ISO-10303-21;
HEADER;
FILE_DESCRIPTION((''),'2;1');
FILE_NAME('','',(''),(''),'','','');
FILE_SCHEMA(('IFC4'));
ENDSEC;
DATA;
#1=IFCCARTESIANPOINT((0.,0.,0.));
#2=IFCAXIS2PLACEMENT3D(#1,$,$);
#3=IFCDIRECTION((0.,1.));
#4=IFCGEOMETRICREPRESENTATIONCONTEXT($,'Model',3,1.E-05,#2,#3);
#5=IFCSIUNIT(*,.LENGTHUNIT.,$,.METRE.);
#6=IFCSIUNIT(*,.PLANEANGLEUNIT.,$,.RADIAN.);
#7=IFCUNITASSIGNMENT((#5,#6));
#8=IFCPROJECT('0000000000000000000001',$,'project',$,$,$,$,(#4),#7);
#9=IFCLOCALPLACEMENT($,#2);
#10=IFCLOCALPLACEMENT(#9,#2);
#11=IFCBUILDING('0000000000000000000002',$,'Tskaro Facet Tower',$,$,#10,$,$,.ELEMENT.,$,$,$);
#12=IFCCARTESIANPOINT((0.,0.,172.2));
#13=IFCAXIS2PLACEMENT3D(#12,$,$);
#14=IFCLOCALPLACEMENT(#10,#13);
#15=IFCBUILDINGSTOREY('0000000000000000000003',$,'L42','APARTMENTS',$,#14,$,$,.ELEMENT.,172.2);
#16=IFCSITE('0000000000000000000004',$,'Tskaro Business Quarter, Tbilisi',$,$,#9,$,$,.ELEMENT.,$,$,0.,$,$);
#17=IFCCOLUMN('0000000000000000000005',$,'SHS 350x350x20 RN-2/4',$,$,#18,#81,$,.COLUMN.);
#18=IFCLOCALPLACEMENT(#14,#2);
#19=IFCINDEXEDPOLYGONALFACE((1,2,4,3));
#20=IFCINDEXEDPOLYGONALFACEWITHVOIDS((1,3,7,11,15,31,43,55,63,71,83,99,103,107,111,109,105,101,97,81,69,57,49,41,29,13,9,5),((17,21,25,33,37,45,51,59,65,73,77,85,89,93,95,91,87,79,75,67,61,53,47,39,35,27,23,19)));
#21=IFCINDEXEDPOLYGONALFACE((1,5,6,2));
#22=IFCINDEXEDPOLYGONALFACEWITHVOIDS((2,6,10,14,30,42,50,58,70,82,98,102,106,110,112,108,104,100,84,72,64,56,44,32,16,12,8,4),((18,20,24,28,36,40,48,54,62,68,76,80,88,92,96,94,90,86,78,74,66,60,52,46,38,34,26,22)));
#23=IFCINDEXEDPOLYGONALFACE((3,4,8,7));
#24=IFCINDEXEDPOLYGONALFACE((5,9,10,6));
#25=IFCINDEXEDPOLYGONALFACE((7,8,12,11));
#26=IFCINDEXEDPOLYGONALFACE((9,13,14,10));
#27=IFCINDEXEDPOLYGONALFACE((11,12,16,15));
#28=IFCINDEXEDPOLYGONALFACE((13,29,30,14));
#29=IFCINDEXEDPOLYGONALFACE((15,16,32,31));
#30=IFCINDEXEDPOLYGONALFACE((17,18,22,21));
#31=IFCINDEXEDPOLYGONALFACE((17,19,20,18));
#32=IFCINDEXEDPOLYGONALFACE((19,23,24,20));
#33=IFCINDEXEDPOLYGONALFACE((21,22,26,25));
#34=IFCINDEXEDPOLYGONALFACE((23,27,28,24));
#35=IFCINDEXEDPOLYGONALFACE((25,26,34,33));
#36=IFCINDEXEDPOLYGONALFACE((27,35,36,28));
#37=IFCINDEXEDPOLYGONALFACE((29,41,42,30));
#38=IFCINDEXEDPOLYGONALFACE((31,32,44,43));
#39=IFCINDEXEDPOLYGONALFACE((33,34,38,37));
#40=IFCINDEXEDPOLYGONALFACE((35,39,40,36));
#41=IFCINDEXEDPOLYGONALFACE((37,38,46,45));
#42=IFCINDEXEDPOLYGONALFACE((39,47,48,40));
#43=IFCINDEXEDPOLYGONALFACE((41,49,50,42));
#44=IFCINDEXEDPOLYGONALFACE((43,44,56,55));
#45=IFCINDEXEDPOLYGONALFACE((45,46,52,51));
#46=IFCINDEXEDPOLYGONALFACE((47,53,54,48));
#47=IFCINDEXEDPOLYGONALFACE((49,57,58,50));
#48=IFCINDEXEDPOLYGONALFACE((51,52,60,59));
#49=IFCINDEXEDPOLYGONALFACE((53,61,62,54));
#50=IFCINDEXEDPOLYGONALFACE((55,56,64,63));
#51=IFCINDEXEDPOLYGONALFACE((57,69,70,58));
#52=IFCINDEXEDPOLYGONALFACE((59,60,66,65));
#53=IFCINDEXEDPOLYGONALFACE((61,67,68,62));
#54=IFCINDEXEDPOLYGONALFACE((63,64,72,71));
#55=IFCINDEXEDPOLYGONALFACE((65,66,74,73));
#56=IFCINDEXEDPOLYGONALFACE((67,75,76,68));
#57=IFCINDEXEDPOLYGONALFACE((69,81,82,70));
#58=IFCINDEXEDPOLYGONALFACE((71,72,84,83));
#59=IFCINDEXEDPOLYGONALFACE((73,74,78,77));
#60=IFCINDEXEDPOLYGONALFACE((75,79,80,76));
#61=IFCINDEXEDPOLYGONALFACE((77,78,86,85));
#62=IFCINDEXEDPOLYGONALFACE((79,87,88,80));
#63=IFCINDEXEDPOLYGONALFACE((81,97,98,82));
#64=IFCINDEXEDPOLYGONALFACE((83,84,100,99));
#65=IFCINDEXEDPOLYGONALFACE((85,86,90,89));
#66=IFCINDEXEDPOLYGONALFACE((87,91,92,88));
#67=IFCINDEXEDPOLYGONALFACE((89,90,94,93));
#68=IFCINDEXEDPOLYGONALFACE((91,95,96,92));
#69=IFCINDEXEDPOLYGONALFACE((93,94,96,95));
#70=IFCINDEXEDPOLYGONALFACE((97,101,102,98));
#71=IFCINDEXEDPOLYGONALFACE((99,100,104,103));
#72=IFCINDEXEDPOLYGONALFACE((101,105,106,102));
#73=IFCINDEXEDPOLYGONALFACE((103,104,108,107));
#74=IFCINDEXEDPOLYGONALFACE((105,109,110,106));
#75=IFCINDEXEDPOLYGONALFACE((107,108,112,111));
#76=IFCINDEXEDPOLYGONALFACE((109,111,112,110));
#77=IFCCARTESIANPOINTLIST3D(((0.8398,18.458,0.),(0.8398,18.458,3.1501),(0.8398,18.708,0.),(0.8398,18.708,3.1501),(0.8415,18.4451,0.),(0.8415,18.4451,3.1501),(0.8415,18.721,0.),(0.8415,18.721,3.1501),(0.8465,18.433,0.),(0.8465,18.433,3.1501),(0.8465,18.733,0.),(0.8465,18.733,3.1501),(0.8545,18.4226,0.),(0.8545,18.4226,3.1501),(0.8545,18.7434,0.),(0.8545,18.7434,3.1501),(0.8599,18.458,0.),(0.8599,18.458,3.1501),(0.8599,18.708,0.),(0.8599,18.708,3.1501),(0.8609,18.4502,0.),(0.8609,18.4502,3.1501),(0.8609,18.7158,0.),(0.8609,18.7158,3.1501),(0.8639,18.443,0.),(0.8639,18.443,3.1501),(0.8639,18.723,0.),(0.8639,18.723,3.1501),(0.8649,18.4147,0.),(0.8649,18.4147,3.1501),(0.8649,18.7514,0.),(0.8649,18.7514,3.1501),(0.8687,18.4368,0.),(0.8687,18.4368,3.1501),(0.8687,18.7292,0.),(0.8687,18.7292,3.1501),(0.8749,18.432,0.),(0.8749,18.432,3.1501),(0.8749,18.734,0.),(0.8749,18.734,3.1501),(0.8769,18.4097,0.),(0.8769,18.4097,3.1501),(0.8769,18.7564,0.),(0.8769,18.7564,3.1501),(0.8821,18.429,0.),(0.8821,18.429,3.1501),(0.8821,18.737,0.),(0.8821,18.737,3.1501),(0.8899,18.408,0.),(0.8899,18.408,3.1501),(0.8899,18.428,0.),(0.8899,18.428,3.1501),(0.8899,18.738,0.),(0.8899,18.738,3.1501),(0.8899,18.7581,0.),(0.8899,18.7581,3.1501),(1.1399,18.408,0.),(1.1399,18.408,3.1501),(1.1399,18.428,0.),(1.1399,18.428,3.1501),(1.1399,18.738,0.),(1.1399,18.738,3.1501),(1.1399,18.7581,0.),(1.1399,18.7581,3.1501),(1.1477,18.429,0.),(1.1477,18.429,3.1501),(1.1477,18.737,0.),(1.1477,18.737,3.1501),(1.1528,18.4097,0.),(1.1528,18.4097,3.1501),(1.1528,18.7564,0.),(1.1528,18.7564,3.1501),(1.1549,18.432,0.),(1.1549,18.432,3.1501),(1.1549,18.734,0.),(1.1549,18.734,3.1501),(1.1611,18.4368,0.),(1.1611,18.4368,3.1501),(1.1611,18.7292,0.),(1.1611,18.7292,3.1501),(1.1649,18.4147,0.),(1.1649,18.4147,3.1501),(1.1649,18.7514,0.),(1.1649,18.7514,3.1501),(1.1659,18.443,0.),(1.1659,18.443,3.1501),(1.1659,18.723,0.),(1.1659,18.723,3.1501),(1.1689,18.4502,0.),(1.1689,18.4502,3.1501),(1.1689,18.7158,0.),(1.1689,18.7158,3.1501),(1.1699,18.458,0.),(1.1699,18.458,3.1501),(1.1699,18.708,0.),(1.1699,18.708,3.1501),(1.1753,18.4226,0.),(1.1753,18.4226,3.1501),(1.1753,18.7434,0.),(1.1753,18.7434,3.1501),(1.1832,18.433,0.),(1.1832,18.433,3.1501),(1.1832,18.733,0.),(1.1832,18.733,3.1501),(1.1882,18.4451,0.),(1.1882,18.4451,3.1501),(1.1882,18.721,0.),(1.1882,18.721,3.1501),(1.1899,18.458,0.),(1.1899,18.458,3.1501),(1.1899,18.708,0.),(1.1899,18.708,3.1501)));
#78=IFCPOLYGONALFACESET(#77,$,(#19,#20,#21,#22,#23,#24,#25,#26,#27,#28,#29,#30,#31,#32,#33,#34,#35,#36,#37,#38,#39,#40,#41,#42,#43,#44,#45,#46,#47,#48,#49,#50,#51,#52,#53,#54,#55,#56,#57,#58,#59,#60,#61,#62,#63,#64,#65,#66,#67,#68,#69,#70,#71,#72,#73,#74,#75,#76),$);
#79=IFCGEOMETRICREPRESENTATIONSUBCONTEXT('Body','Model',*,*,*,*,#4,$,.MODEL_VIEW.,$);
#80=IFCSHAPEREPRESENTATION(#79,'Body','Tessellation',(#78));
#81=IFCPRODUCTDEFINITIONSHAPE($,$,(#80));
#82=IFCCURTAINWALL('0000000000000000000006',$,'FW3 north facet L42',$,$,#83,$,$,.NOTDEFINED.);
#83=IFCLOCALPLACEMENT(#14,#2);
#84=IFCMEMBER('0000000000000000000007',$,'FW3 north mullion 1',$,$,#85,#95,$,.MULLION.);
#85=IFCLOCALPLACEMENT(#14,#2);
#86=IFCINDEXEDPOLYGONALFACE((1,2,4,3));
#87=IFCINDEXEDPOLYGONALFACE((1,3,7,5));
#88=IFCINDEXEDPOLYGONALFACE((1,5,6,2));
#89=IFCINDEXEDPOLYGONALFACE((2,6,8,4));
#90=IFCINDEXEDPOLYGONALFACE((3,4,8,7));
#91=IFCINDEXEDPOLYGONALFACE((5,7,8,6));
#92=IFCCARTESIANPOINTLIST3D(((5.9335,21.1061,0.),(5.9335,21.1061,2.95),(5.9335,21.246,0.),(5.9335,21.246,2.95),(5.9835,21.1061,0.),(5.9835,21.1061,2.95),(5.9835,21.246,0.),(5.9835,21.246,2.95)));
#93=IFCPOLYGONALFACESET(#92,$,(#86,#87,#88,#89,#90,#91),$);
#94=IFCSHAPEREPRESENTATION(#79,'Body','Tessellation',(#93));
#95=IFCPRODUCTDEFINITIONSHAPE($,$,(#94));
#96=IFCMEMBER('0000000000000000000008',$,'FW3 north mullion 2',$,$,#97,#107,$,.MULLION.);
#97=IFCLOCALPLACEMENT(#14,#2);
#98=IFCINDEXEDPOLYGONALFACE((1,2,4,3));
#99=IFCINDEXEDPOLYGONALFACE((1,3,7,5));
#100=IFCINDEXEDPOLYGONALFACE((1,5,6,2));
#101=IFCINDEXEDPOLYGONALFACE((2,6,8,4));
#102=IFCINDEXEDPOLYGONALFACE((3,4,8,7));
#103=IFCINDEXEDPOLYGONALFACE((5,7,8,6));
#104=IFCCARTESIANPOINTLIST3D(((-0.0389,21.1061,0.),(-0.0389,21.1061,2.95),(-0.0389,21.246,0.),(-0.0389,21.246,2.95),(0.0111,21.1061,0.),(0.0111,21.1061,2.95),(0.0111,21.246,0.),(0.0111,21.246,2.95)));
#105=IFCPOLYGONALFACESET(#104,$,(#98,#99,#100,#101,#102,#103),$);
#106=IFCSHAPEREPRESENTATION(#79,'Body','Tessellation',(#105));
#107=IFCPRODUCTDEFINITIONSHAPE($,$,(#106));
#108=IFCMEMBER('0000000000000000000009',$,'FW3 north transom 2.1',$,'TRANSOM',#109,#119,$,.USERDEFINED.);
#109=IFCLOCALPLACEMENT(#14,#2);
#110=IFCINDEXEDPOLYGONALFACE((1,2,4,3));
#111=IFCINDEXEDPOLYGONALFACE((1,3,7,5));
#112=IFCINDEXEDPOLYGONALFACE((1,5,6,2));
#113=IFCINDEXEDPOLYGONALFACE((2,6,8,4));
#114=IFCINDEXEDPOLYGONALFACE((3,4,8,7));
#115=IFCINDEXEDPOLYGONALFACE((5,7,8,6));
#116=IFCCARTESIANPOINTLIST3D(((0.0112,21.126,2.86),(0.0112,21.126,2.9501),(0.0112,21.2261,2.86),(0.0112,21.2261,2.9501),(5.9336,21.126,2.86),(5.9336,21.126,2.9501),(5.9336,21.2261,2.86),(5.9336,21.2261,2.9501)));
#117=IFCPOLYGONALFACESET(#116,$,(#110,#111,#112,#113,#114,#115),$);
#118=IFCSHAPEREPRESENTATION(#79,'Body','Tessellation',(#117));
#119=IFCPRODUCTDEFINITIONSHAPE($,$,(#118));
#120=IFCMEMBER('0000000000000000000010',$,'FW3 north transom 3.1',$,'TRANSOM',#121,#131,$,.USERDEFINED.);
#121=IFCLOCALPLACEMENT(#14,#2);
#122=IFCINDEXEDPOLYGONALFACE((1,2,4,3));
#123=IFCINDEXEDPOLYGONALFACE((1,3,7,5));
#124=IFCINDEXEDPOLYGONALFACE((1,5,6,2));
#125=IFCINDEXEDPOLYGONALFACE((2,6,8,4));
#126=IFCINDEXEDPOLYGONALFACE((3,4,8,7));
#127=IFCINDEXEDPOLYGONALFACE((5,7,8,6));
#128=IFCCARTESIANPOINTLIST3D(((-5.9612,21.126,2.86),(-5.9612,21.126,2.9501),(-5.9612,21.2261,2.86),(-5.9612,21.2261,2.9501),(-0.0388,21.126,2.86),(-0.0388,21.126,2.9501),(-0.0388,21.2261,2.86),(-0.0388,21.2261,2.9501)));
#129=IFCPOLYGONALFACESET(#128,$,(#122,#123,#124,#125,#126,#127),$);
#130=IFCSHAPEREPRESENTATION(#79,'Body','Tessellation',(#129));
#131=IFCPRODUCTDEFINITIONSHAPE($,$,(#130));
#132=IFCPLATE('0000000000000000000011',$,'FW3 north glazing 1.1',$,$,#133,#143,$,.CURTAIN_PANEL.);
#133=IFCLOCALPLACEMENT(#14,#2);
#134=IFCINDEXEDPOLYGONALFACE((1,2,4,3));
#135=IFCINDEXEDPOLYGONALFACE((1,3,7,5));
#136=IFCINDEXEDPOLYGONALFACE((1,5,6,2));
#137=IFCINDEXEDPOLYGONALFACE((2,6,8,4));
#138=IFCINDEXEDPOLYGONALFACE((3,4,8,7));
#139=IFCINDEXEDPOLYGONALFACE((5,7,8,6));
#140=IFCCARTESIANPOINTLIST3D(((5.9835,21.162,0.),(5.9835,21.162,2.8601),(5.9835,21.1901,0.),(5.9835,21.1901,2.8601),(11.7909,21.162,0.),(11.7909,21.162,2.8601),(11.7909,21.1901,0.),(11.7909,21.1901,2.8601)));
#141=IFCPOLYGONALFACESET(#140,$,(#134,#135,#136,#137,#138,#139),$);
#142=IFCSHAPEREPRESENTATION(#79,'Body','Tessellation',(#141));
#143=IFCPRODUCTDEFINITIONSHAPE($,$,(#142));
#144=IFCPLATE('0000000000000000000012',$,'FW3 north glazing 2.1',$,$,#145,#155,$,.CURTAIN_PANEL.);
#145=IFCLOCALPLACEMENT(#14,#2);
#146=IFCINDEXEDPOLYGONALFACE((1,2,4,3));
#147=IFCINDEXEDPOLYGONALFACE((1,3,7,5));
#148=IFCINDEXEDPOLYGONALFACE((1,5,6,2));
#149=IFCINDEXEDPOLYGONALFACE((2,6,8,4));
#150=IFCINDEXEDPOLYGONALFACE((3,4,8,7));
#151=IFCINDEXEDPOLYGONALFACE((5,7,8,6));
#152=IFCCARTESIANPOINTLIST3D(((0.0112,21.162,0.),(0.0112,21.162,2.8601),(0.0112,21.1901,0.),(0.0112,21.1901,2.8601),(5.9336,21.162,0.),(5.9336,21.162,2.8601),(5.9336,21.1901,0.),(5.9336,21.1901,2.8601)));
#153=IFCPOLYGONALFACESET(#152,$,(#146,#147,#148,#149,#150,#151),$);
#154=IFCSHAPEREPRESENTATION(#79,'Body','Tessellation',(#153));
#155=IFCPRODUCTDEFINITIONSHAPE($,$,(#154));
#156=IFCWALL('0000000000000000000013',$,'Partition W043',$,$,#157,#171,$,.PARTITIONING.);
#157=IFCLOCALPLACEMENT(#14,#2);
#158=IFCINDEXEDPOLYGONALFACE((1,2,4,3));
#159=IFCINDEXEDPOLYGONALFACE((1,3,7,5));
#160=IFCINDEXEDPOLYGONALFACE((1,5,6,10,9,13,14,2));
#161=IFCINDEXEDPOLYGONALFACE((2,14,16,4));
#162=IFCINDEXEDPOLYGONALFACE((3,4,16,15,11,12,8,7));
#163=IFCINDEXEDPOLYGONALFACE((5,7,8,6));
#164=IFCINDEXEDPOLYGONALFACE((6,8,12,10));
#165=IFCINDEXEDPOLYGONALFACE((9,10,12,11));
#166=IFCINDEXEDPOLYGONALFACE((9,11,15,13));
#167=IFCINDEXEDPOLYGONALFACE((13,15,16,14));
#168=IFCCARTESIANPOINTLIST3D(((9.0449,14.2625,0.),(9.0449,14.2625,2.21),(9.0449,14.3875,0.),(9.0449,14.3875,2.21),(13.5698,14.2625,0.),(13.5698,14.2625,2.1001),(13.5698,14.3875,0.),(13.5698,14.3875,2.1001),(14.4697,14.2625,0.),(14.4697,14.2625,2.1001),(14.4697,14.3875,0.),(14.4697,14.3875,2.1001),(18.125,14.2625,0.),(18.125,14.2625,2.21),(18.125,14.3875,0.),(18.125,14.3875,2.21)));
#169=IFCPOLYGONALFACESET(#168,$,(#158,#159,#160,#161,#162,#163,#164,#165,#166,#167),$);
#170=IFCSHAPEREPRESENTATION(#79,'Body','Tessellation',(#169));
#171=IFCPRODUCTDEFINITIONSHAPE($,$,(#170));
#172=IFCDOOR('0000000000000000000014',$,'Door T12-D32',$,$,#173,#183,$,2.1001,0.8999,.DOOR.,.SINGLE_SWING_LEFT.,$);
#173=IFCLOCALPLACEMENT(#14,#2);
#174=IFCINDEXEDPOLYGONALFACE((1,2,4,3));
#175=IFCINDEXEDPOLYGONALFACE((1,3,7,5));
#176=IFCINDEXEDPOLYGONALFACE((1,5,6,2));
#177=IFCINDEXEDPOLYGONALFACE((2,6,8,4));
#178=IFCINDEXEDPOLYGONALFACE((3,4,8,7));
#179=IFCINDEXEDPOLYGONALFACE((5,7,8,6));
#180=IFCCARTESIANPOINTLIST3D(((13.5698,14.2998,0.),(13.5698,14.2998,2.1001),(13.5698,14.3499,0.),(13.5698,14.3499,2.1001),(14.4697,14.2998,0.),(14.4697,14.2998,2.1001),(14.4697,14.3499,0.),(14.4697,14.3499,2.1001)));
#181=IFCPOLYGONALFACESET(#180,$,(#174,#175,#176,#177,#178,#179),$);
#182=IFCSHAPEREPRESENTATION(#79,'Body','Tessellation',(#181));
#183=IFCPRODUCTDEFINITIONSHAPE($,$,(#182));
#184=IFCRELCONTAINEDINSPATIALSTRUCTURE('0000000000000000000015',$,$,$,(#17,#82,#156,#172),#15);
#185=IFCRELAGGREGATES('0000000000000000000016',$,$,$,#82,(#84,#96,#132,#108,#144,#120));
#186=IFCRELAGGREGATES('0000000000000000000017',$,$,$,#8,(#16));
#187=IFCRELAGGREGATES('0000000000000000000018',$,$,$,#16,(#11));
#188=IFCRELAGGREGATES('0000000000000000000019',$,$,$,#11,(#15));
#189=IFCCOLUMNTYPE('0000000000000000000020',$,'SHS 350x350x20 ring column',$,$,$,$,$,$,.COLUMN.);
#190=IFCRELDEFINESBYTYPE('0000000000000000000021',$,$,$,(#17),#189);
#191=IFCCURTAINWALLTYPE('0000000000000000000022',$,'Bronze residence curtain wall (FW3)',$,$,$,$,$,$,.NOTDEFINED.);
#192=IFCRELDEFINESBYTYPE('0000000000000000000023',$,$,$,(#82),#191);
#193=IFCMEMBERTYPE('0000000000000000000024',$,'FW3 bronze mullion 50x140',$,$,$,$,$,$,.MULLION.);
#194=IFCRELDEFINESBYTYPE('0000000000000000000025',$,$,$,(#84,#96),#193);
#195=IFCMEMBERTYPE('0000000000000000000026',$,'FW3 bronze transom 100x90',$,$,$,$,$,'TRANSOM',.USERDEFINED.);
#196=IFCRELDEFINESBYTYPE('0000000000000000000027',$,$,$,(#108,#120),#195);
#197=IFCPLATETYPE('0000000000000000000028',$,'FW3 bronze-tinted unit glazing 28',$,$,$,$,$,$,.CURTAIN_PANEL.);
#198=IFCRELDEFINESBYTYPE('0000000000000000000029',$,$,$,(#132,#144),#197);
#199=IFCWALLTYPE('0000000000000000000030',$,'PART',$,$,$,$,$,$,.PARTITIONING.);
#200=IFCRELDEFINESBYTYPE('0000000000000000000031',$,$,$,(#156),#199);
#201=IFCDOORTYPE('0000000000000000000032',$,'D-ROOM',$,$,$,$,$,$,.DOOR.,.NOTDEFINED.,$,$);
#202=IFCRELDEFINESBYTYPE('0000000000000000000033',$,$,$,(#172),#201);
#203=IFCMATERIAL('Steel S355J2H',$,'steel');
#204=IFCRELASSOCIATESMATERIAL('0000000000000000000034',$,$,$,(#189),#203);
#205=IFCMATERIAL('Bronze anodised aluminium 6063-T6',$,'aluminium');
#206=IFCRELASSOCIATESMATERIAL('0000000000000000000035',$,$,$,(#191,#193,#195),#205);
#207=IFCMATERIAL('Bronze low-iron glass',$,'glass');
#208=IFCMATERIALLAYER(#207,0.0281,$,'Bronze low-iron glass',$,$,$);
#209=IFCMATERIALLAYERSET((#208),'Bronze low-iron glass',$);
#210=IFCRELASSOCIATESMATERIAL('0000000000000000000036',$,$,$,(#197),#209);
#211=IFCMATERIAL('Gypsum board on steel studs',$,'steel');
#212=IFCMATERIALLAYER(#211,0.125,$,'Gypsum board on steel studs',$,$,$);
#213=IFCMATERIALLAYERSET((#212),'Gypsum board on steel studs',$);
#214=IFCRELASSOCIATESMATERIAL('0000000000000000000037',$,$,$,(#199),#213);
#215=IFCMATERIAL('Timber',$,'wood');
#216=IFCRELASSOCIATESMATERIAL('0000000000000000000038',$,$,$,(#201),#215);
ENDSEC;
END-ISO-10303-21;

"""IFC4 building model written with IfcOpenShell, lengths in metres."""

from ifc_helpers import new_model, si_unit, direction, frame, frame_2d, origin, origin_2d, place, context, subcontext, project, spatial, rectangle, hollow_rectangle, extrude, material, layer, layer_set, material_profile, profile_set, type_object, element, fill, aggregate, save


model = new_model("IFC4")

# Units and contexts
model_context = context("Model", 3, precision=1e-05, world=origin(), true_north=direction((0.0, 1.0)))
body_context = subcontext(model_context, "Body", "Model", "MODEL_VIEW")
ifc_project = project(units=[si_unit("LENGTHUNIT", "METRE"), si_unit("PLANEANGLEUNIT", "RADIAN")], contexts=[model_context])

# Site, building, storey
site_placement = place(None, origin())
site = spatial("IfcSite", under=ifc_project, at=site_placement, Name="Tskaro Business Quarter, Tbilisi", CompositionType="ELEMENT", RefElevation=0.0)
building_placement = place(site_placement, origin())
building = spatial("IfcBuilding", under=site, at=building_placement, Name="Tskaro Facet Tower", CompositionType="ELEMENT")
storey_placement = place(building_placement, frame((0.0, 0.0, 172.2)))
storey = spatial("IfcBuildingStorey", under=building, at=storey_placement, Name="L42", Description="APARTMENTS", CompositionType="ELEMENT", Elevation=172.2)

# Column
ifc_material_1 = material(Name="Steel S355J2H", Category="steel")
ifc_material_profile_1 = material_profile(ifc_material_1, hollow_rectangle(XDim=0.3501, YDim=0.3501, WallThickness=0.02, InnerFilletRadius=0.03, OuterFilletRadius=0.05, at=origin_2d()), Name="SHS 350x350x20")
ifc_profile_set_1 = profile_set([ifc_material_profile_1], Name="Steel S355J2H")
column_type_1 = type_object("IfcColumnType", Name="SHS 350x350x20 ring column", PredefinedType="COLUMN", material=ifc_profile_set_1)
column_placement = place(storey_placement, frame((1.0149, 18.583, 0.0), z_axis=(0.0, 0.0, 1.0), x_axis=(1.0, 0.0, 0.0)))
element("IfcColumn", 1, at=column_placement, inside=storey, type_object=column_type_1, Name="SHS 350x350x20 RN-2/4", PredefinedType="COLUMN", context=body_context, shape_type="SweptSolid", body=[
    extrude(hollow_rectangle(XDim=0.3501, YDim=0.3501, WallThickness=0.02, InnerFilletRadius=0.03, OuterFilletRadius=0.05, at=origin_2d()), origin(), (0.0, 0.0, 1.0), 3.1501),
])

# Curtain wall, members, plates
ifc_material_2 = material(Name="Bronze anodised aluminium 6063-T6", Category="aluminium")
curtain_wall_type = type_object("IfcCurtainWallType", Name="Bronze residence curtain wall (FW3)", PredefinedType="NOTDEFINED", material=ifc_material_2)
curtain_wall_placement = place(storey_placement, origin())
curtain_wall = element("IfcCurtainWall", 2, at=curtain_wall_placement, inside=storey, type_object=curtain_wall_type, Name="FW3 north facet L42", PredefinedType="NOTDEFINED")
ifc_material_profile_2 = material_profile(ifc_material_2, rectangle(XDim=0.05, YDim=0.1399, at=origin_2d()), Name="Mullion 50x140")
ifc_profile_set_2 = profile_set([ifc_material_profile_2], Name="Bronze anodised aluminium 6063-T6")
member_type_1 = type_object("IfcMemberType", Name="FW3 bronze mullion 50x140", PredefinedType="MULLION", material=ifc_profile_set_2)
member_1_placement = place(storey_placement, frame((5.9585, 21.176, 0.0), z_axis=(0.0, 0.0, 1.0), x_axis=(-1.0, 0.0, 0.0)))
member_1 = element("IfcMember", 3, at=member_1_placement, type_object=member_type_1, Name="FW3 north mullion 1", PredefinedType="MULLION", context=body_context, shape_type="SweptSolid", body=[
    extrude(rectangle(XDim=0.05, YDim=0.1399, at=origin_2d()), origin(), (0.0, 0.0, 1.0), 2.95),
])
member_2_placement = place(storey_placement, frame((-0.0139, 21.176, 0.0), z_axis=(0.0, 0.0, 1.0), x_axis=(-1.0, 0.0, 0.0)))
member_2 = element("IfcMember", 4, at=member_2_placement, type_object=member_type_1, Name="FW3 north mullion 2", PredefinedType="MULLION", context=body_context, shape_type="SweptSolid", body=[
    extrude(rectangle(XDim=0.05, YDim=0.1399, at=origin_2d()), origin(), (0.0, 0.0, 1.0), 2.95),
])
ifc_material_profile_3 = material_profile(ifc_material_2, rectangle(XDim=0.1001, YDim=0.0901, at=origin_2d()), Name="Transom 100x90")
ifc_profile_set_3 = profile_set([ifc_material_profile_3], Name="Bronze anodised aluminium 6063-T6")
member_type_2 = type_object("IfcMemberType", Name="FW3 bronze transom 100x90", ElementType="TRANSOM", PredefinedType="USERDEFINED", material=ifc_profile_set_3)
member_3_placement = place(storey_placement, frame((5.9336, 21.176, 2.905), z_axis=(-1.0, 0.0, 0.0), x_axis=(0.0, -1.0, 0.0)))
member_3 = element("IfcMember", 5, at=member_3_placement, type_object=member_type_2, Name="FW3 north transom 2.1", ObjectType="TRANSOM", PredefinedType="USERDEFINED", context=body_context, shape_type="SweptSolid", body=[
    extrude(rectangle(XDim=0.1001, YDim=0.0901, at=origin_2d()), origin(), (0.0, 0.0, 1.0), 5.9224),
])
member_4_placement = place(storey_placement, frame((-0.0388, 21.176, 2.905), z_axis=(-1.0, 0.0, 0.0), x_axis=(0.0, -1.0, 0.0)))
member_4 = element("IfcMember", 6, at=member_4_placement, type_object=member_type_2, Name="FW3 north transom 3.1", ObjectType="TRANSOM", PredefinedType="USERDEFINED", context=body_context, shape_type="SweptSolid", body=[
    extrude(rectangle(XDim=0.1001, YDim=0.0901, at=origin_2d()), origin(), (0.0, 0.0, 1.0), 5.9224),
])
ifc_material_3 = material(Name="Bronze low-iron glass", Category="glass")
ifc_layer_1 = layer(ifc_material_3, 0.0281, Name="Bronze low-iron glass")
ifc_layer_set_1 = layer_set([ifc_layer_1], Name="Bronze low-iron glass")
plate_type = type_object("IfcPlateType", Name="FW3 bronze-tinted unit glazing 28", PredefinedType="CURTAIN_PANEL", material=ifc_layer_set_1)
plate_1_placement = place(storey_placement, frame((8.8872, 21.176, 0.0), z_axis=(0.0, 0.0, 1.0), x_axis=(-1.0, 0.0, 0.0)))
plate_1 = element("IfcPlate", 7, at=plate_1_placement, type_object=plate_type, Name="FW3 north glazing 1.1", PredefinedType="CURTAIN_PANEL", context=body_context, shape_type="SweptSolid", body=[
    extrude(rectangle(XDim=5.8074, YDim=0.0281, at=origin_2d()), origin(), (0.0, 0.0, 1.0), 2.8601),
])
plate_2_placement = place(storey_placement, frame((2.9724, 21.176, 0.0), z_axis=(0.0, 0.0, 1.0), x_axis=(-1.0, 0.0, 0.0)))
plate_2 = element("IfcPlate", 8, at=plate_2_placement, type_object=plate_type, Name="FW3 north glazing 2.1", PredefinedType="CURTAIN_PANEL", context=body_context, shape_type="SweptSolid", body=[
    extrude(rectangle(XDim=5.9224, YDim=0.0281, at=origin_2d()), origin(), (0.0, 0.0, 1.0), 2.8601),
])
aggregate(curtain_wall, [member_1, member_2, plate_1, member_3, plate_2, member_4])

# Wall, opening, door
ifc_material_4 = material(Name="Gypsum board on steel studs", Category="steel")
ifc_layer_2 = layer(ifc_material_4, 0.125, Name="Gypsum board on steel studs")
ifc_layer_set_2 = layer_set([ifc_layer_2], Name="Gypsum board on steel studs")
wall_type_1 = type_object("IfcWallType", Name="PART", PredefinedType="PARTITIONING", material=ifc_layer_set_2)
wall_1_placement = place(storey_placement, frame((9.0449, 14.325, 0.0), z_axis=(0.0, 0.0, 1.0), x_axis=(1.0, 0.0, 0.0)))
wall_1 = element("IfcWall", 9, at=wall_1_placement, inside=storey, type_object=wall_type_1, Name="Partition W043", PredefinedType="PARTITIONING", context=body_context, shape_type="SweptSolid", body=[
    extrude(rectangle(XDim=9.0801, YDim=0.125, at=frame_2d((4.54, 0.0))), origin(), (0.0, 0.0, 1.0), 2.21),
])
opening_1_placement = place(wall_1_placement, frame((4.5249, 0.0, 0.0)))
opening_1 = element("IfcOpeningElement", 10, at=opening_1_placement, cuts=wall_1, PredefinedType="OPENING", context=body_context, shape_type="SweptSolid", body=[
    extrude(rectangle(XDim=0.8999, YDim=2.1001, at=frame_2d((0.45, 1.05))), frame((0.0, 0.0725, 0.0), z_axis=(0.0, -1.0, 0.0), x_axis=(1.0, 0.0, 0.0)), (0.0, 0.0, 1.0), 0.145),
])
ifc_material_5 = material(Name="Timber", Category="wood")
door_type = type_object("IfcDoorType", Name="D-ROOM", OperationType="NOTDEFINED", PredefinedType="DOOR", material=ifc_material_5)
door_1_placement = place(opening_1_placement, origin())
door_1 = element("IfcDoor", 11, at=door_1_placement, inside=storey, type_object=door_type, Name="Door T12-D32", OperationType="SINGLE_SWING_LEFT", OverallHeight=2.1001, OverallWidth=0.8999, PredefinedType="DOOR", context=body_context, shape_type="SweptSolid", body=[
    extrude(rectangle(XDim=0.8999, YDim=2.1001, at=frame_2d((0.45, 1.05))), frame((0.0, 0.0249, 0.0), z_axis=(0.0, -1.0, 0.0), x_axis=(1.0, 0.0, 0.0)), (0.0, 0.0, 1.0), 0.05),
])
fill(opening_1, door_1)

save(model, "model.ifc")
